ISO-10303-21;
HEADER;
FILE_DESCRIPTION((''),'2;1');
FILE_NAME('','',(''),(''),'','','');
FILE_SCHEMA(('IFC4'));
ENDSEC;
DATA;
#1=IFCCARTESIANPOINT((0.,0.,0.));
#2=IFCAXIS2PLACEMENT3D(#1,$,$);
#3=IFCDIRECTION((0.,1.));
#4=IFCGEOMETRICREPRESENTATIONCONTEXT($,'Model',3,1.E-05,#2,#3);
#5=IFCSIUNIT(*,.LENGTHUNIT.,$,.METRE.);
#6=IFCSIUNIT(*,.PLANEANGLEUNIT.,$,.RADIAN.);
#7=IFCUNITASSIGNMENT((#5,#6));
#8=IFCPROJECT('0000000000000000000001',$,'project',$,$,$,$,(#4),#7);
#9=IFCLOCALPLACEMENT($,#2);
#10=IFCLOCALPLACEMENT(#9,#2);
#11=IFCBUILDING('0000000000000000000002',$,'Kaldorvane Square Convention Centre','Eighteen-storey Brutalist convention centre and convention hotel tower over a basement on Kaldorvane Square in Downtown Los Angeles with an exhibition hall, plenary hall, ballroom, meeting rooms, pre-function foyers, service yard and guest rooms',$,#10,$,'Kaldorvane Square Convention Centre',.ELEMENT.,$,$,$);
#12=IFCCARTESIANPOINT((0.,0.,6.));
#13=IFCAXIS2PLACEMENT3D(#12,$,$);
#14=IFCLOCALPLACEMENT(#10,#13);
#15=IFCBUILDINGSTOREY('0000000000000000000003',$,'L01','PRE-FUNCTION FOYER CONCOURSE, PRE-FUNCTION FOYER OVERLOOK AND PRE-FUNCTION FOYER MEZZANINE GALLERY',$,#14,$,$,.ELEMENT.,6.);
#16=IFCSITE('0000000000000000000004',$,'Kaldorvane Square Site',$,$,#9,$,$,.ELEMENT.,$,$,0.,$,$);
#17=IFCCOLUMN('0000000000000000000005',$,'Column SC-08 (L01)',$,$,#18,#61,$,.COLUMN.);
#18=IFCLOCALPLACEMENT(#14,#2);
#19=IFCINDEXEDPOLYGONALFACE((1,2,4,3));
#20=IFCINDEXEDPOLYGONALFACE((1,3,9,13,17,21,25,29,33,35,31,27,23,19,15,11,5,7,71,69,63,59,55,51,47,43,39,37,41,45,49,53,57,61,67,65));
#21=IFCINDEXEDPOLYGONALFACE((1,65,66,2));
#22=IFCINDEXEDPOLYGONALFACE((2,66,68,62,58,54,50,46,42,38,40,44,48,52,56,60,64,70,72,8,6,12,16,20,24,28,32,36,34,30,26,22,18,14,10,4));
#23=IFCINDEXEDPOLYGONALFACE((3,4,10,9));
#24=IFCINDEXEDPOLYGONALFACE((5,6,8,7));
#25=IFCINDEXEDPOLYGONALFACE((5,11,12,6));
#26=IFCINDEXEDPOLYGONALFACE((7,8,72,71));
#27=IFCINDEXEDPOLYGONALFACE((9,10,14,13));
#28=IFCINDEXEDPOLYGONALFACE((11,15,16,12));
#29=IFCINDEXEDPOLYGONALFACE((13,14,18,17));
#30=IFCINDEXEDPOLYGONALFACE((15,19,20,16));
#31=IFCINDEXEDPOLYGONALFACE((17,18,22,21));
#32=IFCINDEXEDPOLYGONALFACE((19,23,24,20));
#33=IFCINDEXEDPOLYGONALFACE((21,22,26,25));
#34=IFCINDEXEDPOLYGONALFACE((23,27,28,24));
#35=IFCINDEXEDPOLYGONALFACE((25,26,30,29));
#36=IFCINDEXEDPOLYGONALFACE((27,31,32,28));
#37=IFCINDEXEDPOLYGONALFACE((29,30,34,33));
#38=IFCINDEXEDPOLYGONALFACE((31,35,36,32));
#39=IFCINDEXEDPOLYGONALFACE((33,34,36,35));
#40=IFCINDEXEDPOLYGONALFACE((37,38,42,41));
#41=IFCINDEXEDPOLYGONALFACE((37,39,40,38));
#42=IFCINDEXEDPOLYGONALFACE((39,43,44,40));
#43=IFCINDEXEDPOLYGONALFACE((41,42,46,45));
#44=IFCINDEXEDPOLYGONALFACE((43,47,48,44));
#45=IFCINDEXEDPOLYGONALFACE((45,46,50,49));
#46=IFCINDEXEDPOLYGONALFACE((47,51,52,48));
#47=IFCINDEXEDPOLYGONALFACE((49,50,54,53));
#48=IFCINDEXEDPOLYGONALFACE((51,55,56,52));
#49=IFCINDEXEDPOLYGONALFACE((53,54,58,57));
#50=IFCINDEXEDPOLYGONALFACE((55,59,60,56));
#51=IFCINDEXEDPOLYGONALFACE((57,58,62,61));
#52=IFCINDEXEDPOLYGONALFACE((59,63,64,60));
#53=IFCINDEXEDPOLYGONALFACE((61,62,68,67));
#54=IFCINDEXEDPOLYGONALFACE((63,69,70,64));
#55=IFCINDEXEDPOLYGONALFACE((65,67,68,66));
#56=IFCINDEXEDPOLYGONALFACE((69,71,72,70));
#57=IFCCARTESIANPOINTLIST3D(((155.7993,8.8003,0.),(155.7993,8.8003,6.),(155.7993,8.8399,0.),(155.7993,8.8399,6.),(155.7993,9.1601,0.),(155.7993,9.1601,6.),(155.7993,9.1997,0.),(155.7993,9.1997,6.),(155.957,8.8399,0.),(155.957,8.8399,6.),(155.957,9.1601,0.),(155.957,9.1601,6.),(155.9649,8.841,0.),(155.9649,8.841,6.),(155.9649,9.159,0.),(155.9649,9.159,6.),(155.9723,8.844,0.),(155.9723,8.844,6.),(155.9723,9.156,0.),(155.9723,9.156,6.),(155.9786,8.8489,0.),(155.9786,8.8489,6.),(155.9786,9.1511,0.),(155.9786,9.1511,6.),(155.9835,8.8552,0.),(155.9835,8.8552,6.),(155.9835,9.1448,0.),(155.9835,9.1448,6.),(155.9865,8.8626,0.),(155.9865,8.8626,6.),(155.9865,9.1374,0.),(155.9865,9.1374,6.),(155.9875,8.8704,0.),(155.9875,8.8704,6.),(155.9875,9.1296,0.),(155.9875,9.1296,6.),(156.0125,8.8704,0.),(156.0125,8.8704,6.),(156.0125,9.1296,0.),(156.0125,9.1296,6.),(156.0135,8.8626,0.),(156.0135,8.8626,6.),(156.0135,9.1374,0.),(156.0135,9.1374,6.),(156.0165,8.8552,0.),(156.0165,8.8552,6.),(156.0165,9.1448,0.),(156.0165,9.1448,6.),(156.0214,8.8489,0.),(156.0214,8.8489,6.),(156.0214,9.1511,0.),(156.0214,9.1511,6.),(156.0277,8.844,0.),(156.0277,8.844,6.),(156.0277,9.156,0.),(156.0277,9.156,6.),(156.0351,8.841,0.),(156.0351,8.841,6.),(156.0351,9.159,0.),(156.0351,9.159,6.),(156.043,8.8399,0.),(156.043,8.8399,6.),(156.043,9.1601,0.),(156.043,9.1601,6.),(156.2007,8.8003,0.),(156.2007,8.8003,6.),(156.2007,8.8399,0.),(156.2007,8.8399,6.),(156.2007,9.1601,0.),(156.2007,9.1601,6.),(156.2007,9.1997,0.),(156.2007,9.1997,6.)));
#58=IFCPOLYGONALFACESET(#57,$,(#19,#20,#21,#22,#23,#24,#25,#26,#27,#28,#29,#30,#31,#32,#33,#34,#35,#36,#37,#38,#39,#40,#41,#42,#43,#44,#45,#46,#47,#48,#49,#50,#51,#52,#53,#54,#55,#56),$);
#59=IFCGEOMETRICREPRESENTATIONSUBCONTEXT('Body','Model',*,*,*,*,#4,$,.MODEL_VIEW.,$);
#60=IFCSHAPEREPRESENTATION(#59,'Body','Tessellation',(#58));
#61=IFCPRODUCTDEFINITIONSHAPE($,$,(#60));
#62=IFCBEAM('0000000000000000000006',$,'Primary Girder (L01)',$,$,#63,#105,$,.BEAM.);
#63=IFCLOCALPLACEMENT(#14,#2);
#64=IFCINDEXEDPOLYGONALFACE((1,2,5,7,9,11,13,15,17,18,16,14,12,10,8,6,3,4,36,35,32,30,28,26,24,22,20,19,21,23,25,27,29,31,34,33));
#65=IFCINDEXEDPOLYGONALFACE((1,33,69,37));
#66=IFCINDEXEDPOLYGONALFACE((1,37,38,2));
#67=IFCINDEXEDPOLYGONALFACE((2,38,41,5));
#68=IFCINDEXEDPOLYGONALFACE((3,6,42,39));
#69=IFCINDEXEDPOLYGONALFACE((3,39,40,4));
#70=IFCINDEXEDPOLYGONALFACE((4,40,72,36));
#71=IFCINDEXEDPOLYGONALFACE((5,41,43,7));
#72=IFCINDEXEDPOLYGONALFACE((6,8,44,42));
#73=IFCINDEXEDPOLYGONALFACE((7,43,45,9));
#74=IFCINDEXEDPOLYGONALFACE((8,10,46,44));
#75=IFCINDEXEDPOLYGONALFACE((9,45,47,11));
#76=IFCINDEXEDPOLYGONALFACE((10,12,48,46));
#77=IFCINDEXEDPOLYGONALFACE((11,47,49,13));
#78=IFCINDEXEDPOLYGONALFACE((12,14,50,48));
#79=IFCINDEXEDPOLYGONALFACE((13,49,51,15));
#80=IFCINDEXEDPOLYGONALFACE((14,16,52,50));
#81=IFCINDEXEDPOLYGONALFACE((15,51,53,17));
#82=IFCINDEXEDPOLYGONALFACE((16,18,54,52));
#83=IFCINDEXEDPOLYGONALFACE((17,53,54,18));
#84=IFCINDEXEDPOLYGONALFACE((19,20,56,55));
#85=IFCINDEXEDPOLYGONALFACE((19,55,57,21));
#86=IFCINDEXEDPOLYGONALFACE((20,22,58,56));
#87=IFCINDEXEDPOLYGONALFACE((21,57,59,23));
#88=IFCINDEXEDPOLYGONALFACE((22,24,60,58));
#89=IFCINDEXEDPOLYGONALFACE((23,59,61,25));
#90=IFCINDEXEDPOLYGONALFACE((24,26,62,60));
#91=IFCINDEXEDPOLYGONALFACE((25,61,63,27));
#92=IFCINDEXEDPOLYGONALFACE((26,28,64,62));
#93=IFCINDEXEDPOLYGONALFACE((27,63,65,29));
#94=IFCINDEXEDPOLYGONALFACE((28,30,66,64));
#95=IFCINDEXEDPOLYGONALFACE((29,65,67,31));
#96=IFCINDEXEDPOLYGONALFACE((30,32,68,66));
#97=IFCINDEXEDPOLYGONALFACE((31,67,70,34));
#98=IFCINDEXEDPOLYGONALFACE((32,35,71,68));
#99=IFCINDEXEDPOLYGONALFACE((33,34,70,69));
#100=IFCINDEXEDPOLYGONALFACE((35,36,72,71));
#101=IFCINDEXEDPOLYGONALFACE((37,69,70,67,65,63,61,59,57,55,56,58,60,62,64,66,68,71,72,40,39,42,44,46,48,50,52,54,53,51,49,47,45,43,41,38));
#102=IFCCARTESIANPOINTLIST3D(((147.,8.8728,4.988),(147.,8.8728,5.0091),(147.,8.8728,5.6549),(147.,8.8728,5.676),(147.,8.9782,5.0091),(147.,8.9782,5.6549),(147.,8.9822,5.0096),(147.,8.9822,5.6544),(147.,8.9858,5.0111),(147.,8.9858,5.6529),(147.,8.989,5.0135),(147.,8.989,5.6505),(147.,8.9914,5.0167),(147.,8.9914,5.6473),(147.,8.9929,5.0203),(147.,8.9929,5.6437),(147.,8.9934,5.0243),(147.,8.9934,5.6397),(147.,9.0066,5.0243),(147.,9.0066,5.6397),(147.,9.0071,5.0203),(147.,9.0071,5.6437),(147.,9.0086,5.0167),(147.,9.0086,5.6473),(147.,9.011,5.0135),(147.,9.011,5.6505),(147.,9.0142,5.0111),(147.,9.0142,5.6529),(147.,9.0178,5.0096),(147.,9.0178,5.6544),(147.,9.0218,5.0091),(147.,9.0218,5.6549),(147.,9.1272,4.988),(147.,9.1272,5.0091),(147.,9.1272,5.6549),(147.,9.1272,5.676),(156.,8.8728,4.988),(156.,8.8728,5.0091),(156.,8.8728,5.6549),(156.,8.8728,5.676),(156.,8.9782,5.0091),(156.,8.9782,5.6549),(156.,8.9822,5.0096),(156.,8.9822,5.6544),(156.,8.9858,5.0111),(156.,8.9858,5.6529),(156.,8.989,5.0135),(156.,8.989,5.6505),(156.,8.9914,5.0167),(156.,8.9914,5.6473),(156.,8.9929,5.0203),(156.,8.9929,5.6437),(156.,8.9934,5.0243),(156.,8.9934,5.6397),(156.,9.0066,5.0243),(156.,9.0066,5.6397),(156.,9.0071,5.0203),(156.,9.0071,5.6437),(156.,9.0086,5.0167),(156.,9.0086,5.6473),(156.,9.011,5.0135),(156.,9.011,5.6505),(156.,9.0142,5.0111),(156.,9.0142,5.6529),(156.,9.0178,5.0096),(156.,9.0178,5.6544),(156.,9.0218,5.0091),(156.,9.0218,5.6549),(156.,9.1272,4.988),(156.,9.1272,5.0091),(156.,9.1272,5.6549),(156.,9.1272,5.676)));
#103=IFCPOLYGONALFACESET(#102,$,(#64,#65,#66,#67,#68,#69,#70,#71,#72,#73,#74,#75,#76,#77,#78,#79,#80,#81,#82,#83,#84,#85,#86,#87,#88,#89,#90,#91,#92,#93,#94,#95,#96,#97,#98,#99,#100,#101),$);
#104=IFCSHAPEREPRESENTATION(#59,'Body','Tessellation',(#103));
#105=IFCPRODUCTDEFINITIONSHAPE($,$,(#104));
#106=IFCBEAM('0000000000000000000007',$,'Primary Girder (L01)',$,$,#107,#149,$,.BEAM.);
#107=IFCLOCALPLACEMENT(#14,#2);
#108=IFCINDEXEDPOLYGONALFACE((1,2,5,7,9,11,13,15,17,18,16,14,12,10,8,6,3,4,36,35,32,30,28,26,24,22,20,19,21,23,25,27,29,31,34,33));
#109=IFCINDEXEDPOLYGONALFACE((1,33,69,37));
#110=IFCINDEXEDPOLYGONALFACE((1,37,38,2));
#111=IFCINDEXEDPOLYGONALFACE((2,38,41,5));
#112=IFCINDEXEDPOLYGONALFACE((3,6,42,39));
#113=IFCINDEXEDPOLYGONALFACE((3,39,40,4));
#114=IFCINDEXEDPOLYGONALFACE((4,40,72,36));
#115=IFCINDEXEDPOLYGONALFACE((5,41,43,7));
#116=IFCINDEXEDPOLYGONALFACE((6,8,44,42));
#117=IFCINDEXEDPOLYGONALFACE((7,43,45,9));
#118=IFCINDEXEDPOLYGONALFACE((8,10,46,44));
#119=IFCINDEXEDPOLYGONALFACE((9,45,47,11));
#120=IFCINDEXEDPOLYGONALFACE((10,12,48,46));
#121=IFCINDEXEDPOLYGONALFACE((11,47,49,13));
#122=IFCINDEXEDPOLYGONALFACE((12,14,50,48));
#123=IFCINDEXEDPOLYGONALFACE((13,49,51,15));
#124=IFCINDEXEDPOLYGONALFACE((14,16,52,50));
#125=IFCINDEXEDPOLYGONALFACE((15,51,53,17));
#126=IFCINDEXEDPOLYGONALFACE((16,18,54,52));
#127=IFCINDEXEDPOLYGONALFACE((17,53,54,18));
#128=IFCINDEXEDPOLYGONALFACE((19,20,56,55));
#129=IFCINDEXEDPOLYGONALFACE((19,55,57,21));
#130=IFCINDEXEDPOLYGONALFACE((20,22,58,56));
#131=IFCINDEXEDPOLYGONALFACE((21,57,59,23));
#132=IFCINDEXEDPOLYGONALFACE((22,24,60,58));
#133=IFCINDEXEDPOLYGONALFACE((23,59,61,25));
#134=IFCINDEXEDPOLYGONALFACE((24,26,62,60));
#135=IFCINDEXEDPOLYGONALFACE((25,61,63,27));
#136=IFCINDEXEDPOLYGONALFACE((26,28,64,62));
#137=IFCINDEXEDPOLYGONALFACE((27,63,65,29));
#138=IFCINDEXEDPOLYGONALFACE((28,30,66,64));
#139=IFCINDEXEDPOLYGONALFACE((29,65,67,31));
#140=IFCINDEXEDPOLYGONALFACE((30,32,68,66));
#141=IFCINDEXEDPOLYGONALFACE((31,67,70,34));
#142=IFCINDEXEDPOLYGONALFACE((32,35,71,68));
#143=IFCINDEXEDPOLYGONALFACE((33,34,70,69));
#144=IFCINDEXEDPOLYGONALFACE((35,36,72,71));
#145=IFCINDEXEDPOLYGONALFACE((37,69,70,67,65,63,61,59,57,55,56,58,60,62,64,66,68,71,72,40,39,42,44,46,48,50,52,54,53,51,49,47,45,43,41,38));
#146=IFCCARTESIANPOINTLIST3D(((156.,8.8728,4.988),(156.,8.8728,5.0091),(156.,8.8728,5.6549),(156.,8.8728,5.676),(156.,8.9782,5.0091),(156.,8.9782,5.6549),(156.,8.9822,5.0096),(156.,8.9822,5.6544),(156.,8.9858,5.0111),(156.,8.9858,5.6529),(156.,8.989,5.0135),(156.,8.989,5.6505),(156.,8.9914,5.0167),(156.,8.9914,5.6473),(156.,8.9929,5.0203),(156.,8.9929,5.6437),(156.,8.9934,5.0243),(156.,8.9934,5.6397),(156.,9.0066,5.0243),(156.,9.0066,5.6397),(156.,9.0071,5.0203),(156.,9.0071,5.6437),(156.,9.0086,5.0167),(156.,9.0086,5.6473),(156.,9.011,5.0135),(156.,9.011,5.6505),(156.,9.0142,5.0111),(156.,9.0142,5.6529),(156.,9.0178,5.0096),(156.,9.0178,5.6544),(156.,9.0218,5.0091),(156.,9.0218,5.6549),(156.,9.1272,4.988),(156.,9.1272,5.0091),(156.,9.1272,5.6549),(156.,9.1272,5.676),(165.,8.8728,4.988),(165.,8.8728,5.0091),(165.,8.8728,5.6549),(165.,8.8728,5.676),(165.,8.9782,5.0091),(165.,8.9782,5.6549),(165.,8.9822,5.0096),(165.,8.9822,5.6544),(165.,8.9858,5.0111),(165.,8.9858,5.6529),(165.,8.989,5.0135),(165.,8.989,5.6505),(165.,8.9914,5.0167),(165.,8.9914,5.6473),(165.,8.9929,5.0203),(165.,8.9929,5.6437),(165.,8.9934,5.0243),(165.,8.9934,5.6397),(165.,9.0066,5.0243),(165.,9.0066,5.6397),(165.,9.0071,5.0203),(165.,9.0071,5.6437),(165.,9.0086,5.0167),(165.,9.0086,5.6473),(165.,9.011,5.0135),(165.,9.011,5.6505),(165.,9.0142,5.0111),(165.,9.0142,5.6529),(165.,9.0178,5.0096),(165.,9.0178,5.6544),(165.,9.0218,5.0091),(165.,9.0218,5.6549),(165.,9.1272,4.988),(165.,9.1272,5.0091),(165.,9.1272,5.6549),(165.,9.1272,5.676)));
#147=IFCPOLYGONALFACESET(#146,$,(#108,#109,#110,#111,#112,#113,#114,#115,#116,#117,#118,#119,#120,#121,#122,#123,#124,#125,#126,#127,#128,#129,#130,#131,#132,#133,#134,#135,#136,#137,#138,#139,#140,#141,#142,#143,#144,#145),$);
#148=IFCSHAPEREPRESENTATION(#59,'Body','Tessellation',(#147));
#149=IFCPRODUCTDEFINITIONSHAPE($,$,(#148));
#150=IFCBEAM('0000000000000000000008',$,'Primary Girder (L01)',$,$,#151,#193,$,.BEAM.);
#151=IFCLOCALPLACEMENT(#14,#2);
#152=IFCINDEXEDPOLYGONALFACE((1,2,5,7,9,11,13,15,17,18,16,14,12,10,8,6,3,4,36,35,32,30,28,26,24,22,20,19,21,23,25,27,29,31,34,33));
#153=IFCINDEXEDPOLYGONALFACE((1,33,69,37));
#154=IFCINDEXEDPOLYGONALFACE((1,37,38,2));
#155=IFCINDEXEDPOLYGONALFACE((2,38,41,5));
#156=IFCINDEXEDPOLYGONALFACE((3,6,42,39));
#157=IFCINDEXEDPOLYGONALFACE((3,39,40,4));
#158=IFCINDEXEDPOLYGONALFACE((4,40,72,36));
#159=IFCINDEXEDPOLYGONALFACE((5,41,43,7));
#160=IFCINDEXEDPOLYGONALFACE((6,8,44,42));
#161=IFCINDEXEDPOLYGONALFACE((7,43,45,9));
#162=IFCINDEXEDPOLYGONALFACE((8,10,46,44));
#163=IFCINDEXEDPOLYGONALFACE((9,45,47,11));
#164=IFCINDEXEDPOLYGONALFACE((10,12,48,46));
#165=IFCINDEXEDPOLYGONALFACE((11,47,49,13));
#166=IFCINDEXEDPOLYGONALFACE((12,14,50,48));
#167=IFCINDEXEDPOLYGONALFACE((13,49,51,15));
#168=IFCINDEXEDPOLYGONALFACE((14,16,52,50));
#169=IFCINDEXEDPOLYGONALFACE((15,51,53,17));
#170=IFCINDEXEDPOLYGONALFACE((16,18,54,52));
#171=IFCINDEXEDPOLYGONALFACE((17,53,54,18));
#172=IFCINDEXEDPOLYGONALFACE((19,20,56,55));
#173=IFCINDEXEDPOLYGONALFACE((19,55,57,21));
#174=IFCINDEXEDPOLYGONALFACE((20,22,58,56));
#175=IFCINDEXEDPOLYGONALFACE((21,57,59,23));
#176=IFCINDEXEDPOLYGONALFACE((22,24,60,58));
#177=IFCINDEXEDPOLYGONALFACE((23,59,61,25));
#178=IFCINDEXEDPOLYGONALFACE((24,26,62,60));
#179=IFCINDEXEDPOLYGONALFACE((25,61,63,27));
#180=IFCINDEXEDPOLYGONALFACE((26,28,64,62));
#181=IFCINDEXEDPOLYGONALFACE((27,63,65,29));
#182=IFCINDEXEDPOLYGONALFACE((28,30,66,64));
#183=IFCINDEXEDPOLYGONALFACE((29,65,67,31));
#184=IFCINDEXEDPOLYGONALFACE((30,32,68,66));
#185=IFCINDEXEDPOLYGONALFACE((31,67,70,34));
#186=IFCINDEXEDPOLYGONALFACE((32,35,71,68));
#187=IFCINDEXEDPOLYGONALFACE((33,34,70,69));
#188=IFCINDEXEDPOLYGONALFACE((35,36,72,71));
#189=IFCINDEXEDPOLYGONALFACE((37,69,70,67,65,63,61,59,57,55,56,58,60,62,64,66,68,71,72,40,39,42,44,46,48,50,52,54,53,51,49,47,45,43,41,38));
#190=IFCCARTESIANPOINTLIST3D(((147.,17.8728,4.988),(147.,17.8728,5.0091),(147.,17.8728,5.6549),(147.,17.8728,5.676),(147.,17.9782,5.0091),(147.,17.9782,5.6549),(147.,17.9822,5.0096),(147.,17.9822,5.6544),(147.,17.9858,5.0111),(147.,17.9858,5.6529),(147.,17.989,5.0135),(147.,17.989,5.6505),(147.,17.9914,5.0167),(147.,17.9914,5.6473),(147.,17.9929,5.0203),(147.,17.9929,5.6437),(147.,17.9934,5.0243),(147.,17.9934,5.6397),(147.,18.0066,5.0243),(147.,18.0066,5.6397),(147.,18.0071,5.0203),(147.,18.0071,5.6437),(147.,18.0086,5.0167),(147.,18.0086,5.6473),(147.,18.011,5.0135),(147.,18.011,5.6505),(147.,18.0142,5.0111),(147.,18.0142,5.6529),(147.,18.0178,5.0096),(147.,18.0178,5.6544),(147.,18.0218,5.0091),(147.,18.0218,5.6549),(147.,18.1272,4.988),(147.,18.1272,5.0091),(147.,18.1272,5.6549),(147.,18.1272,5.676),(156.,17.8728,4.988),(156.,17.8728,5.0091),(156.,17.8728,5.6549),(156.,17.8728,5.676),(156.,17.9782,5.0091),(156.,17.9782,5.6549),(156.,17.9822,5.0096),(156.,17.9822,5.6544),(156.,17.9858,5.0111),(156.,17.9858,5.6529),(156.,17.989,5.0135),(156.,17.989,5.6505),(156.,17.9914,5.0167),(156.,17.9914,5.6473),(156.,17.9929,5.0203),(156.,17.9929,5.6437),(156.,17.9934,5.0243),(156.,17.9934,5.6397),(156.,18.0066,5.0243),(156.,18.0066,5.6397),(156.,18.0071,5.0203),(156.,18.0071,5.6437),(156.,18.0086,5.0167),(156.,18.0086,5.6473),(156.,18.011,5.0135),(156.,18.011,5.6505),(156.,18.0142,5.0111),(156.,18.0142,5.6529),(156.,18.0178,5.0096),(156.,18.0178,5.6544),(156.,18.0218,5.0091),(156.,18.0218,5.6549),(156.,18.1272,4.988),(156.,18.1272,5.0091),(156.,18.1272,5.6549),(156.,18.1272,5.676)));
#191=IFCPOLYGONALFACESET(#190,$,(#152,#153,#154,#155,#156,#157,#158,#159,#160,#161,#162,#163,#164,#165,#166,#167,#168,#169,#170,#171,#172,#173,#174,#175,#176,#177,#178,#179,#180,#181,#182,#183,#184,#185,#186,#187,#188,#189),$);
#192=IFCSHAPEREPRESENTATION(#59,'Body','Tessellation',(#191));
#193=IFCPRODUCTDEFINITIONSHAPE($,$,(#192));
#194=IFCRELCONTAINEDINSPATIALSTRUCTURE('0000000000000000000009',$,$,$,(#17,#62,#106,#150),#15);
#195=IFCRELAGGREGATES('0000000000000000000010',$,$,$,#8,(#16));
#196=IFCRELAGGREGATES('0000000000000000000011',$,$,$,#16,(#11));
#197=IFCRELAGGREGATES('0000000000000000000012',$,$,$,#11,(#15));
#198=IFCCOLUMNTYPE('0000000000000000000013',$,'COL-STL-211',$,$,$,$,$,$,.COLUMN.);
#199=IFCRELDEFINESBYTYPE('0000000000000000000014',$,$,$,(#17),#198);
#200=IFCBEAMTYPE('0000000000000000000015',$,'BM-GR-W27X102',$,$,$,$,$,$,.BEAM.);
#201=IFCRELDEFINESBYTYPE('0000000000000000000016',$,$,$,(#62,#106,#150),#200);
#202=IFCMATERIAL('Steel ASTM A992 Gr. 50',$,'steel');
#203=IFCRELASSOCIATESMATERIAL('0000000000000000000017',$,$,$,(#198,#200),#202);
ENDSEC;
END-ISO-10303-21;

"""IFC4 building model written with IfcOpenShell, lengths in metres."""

from ifc_helpers import new_model, si_unit, direction, frame, origin, origin_2d, place, context, subcontext, project, spatial, i_section, extrude, material, material_profile, profile_set, type_object, element, save


model = new_model("IFC4")

# Units and contexts
model_context = context("Model", 3, precision=1e-05, world=origin(), true_north=direction((0.0, 1.0)))
body_context = subcontext(model_context, "Body", "Model", "MODEL_VIEW")
ifc_project = project(units=[si_unit("LENGTHUNIT", "METRE"), si_unit("PLANEANGLEUNIT", "RADIAN")], contexts=[model_context])

# Site, building, storey
site_placement = place(None, origin())
site = spatial("IfcSite", under=ifc_project, at=site_placement, Name="Kaldorvane Square Site", CompositionType="ELEMENT", RefElevation=0.0)
building_placement = place(site_placement, origin())
building = spatial("IfcBuilding", under=site, at=building_placement, Name="Kaldorvane Square Convention Centre", Description="Eighteen-storey Brutalist convention centre and convention hotel tower over a basement on Kaldorvane Square in Downtown Los Angeles with an exhibition hall, plenary hall, ballroom, meeting rooms, pre-function foyers, service yard and guest rooms", LongName="Kaldorvane Square Convention Centre", CompositionType="ELEMENT")
storey_placement = place(building_placement, frame((0.0, 0.0, 6.0)))
storey = spatial("IfcBuildingStorey", under=building, at=storey_placement, Name="L01", Description="PRE-FUNCTION FOYER CONCOURSE, PRE-FUNCTION FOYER OVERLOOK AND PRE-FUNCTION FOYER MEZZANINE GALLERY", CompositionType="ELEMENT", Elevation=6.0)

# Column
ifc_material_1 = material(Name="Steel ASTM A992 Gr. 50", Category="steel")
ifc_material_profile_1 = material_profile(ifc_material_1, i_section(OverallWidth=0.4013, OverallDepth=0.3993, WebThickness=0.0249, FlangeThickness=0.0396, FilletRadius=0.0305, at=origin_2d()), Name="W14X211")
ifc_profile_set_1 = profile_set([ifc_material_profile_1], Name="Steel ASTM A992 Gr. 50")
column_type = type_object("IfcColumnType", Name="COL-STL-211", PredefinedType="COLUMN", material=ifc_profile_set_1)
for number, where, z_axis, x_axis, name in (
    (1, (156.0, 9.0, 0.0), (0.0, 0.0, 1.0), (1.0, 0.0, 0.0), "Column SC-08 (L01)"),
):
    element("IfcColumn", number, at=place(storey_placement, frame(where, z_axis=z_axis, x_axis=x_axis)), inside=storey, type_object=column_type, Name=name, PredefinedType="COLUMN", context=body_context, shape_type="SweptSolid", body=[
        extrude(i_section(OverallWidth=0.4013, OverallDepth=0.3993, WebThickness=0.0249, FlangeThickness=0.0396, FilletRadius=0.0305, at=origin_2d()), origin(), (0.0, 0.0, 1.0), 6.0),
    ])

# Beams
ifc_material_profile_2 = material_profile(ifc_material_1, i_section(OverallWidth=0.2544, OverallDepth=0.6881, WebThickness=0.0131, FlangeThickness=0.0211, FilletRadius=0.0152, at=origin_2d()), Name="W27X102")
ifc_profile_set_2 = profile_set([ifc_material_profile_2], Name="Steel ASTM A992 Gr. 50")
beam_type_1 = type_object("IfcBeamType", Name="BM-GR-W27X102", PredefinedType="BEAM", material=ifc_profile_set_2)
for number, where, z_axis, x_axis, name in (
    (2, (147.0, 9.0, 5.332), (1.0, 0.0, 0.0), (0.0, 1.0, 0.0), "Primary Girder (L01)"),
    (3, (156.0, 9.0, 5.332), (1.0, 0.0, 0.0), (0.0, 1.0, 0.0), "Primary Girder (L01)"),
    (4, (147.0, 18.0, 5.332), (1.0, 0.0, 0.0), (0.0, 1.0, 0.0), "Primary Girder (L01)"),
):
    element("IfcBeam", number, at=place(storey_placement, frame(where, z_axis=z_axis, x_axis=x_axis)), inside=storey, type_object=beam_type_1, Name=name, PredefinedType="BEAM", context=body_context, shape_type="SweptSolid", body=[
        extrude(i_section(OverallWidth=0.2544, OverallDepth=0.6881, WebThickness=0.0131, FlangeThickness=0.0211, FilletRadius=0.0152, at=origin_2d()), origin(), (0.0, 0.0, 1.0), 9.0),
    ])

save(model, "model.ifc")
